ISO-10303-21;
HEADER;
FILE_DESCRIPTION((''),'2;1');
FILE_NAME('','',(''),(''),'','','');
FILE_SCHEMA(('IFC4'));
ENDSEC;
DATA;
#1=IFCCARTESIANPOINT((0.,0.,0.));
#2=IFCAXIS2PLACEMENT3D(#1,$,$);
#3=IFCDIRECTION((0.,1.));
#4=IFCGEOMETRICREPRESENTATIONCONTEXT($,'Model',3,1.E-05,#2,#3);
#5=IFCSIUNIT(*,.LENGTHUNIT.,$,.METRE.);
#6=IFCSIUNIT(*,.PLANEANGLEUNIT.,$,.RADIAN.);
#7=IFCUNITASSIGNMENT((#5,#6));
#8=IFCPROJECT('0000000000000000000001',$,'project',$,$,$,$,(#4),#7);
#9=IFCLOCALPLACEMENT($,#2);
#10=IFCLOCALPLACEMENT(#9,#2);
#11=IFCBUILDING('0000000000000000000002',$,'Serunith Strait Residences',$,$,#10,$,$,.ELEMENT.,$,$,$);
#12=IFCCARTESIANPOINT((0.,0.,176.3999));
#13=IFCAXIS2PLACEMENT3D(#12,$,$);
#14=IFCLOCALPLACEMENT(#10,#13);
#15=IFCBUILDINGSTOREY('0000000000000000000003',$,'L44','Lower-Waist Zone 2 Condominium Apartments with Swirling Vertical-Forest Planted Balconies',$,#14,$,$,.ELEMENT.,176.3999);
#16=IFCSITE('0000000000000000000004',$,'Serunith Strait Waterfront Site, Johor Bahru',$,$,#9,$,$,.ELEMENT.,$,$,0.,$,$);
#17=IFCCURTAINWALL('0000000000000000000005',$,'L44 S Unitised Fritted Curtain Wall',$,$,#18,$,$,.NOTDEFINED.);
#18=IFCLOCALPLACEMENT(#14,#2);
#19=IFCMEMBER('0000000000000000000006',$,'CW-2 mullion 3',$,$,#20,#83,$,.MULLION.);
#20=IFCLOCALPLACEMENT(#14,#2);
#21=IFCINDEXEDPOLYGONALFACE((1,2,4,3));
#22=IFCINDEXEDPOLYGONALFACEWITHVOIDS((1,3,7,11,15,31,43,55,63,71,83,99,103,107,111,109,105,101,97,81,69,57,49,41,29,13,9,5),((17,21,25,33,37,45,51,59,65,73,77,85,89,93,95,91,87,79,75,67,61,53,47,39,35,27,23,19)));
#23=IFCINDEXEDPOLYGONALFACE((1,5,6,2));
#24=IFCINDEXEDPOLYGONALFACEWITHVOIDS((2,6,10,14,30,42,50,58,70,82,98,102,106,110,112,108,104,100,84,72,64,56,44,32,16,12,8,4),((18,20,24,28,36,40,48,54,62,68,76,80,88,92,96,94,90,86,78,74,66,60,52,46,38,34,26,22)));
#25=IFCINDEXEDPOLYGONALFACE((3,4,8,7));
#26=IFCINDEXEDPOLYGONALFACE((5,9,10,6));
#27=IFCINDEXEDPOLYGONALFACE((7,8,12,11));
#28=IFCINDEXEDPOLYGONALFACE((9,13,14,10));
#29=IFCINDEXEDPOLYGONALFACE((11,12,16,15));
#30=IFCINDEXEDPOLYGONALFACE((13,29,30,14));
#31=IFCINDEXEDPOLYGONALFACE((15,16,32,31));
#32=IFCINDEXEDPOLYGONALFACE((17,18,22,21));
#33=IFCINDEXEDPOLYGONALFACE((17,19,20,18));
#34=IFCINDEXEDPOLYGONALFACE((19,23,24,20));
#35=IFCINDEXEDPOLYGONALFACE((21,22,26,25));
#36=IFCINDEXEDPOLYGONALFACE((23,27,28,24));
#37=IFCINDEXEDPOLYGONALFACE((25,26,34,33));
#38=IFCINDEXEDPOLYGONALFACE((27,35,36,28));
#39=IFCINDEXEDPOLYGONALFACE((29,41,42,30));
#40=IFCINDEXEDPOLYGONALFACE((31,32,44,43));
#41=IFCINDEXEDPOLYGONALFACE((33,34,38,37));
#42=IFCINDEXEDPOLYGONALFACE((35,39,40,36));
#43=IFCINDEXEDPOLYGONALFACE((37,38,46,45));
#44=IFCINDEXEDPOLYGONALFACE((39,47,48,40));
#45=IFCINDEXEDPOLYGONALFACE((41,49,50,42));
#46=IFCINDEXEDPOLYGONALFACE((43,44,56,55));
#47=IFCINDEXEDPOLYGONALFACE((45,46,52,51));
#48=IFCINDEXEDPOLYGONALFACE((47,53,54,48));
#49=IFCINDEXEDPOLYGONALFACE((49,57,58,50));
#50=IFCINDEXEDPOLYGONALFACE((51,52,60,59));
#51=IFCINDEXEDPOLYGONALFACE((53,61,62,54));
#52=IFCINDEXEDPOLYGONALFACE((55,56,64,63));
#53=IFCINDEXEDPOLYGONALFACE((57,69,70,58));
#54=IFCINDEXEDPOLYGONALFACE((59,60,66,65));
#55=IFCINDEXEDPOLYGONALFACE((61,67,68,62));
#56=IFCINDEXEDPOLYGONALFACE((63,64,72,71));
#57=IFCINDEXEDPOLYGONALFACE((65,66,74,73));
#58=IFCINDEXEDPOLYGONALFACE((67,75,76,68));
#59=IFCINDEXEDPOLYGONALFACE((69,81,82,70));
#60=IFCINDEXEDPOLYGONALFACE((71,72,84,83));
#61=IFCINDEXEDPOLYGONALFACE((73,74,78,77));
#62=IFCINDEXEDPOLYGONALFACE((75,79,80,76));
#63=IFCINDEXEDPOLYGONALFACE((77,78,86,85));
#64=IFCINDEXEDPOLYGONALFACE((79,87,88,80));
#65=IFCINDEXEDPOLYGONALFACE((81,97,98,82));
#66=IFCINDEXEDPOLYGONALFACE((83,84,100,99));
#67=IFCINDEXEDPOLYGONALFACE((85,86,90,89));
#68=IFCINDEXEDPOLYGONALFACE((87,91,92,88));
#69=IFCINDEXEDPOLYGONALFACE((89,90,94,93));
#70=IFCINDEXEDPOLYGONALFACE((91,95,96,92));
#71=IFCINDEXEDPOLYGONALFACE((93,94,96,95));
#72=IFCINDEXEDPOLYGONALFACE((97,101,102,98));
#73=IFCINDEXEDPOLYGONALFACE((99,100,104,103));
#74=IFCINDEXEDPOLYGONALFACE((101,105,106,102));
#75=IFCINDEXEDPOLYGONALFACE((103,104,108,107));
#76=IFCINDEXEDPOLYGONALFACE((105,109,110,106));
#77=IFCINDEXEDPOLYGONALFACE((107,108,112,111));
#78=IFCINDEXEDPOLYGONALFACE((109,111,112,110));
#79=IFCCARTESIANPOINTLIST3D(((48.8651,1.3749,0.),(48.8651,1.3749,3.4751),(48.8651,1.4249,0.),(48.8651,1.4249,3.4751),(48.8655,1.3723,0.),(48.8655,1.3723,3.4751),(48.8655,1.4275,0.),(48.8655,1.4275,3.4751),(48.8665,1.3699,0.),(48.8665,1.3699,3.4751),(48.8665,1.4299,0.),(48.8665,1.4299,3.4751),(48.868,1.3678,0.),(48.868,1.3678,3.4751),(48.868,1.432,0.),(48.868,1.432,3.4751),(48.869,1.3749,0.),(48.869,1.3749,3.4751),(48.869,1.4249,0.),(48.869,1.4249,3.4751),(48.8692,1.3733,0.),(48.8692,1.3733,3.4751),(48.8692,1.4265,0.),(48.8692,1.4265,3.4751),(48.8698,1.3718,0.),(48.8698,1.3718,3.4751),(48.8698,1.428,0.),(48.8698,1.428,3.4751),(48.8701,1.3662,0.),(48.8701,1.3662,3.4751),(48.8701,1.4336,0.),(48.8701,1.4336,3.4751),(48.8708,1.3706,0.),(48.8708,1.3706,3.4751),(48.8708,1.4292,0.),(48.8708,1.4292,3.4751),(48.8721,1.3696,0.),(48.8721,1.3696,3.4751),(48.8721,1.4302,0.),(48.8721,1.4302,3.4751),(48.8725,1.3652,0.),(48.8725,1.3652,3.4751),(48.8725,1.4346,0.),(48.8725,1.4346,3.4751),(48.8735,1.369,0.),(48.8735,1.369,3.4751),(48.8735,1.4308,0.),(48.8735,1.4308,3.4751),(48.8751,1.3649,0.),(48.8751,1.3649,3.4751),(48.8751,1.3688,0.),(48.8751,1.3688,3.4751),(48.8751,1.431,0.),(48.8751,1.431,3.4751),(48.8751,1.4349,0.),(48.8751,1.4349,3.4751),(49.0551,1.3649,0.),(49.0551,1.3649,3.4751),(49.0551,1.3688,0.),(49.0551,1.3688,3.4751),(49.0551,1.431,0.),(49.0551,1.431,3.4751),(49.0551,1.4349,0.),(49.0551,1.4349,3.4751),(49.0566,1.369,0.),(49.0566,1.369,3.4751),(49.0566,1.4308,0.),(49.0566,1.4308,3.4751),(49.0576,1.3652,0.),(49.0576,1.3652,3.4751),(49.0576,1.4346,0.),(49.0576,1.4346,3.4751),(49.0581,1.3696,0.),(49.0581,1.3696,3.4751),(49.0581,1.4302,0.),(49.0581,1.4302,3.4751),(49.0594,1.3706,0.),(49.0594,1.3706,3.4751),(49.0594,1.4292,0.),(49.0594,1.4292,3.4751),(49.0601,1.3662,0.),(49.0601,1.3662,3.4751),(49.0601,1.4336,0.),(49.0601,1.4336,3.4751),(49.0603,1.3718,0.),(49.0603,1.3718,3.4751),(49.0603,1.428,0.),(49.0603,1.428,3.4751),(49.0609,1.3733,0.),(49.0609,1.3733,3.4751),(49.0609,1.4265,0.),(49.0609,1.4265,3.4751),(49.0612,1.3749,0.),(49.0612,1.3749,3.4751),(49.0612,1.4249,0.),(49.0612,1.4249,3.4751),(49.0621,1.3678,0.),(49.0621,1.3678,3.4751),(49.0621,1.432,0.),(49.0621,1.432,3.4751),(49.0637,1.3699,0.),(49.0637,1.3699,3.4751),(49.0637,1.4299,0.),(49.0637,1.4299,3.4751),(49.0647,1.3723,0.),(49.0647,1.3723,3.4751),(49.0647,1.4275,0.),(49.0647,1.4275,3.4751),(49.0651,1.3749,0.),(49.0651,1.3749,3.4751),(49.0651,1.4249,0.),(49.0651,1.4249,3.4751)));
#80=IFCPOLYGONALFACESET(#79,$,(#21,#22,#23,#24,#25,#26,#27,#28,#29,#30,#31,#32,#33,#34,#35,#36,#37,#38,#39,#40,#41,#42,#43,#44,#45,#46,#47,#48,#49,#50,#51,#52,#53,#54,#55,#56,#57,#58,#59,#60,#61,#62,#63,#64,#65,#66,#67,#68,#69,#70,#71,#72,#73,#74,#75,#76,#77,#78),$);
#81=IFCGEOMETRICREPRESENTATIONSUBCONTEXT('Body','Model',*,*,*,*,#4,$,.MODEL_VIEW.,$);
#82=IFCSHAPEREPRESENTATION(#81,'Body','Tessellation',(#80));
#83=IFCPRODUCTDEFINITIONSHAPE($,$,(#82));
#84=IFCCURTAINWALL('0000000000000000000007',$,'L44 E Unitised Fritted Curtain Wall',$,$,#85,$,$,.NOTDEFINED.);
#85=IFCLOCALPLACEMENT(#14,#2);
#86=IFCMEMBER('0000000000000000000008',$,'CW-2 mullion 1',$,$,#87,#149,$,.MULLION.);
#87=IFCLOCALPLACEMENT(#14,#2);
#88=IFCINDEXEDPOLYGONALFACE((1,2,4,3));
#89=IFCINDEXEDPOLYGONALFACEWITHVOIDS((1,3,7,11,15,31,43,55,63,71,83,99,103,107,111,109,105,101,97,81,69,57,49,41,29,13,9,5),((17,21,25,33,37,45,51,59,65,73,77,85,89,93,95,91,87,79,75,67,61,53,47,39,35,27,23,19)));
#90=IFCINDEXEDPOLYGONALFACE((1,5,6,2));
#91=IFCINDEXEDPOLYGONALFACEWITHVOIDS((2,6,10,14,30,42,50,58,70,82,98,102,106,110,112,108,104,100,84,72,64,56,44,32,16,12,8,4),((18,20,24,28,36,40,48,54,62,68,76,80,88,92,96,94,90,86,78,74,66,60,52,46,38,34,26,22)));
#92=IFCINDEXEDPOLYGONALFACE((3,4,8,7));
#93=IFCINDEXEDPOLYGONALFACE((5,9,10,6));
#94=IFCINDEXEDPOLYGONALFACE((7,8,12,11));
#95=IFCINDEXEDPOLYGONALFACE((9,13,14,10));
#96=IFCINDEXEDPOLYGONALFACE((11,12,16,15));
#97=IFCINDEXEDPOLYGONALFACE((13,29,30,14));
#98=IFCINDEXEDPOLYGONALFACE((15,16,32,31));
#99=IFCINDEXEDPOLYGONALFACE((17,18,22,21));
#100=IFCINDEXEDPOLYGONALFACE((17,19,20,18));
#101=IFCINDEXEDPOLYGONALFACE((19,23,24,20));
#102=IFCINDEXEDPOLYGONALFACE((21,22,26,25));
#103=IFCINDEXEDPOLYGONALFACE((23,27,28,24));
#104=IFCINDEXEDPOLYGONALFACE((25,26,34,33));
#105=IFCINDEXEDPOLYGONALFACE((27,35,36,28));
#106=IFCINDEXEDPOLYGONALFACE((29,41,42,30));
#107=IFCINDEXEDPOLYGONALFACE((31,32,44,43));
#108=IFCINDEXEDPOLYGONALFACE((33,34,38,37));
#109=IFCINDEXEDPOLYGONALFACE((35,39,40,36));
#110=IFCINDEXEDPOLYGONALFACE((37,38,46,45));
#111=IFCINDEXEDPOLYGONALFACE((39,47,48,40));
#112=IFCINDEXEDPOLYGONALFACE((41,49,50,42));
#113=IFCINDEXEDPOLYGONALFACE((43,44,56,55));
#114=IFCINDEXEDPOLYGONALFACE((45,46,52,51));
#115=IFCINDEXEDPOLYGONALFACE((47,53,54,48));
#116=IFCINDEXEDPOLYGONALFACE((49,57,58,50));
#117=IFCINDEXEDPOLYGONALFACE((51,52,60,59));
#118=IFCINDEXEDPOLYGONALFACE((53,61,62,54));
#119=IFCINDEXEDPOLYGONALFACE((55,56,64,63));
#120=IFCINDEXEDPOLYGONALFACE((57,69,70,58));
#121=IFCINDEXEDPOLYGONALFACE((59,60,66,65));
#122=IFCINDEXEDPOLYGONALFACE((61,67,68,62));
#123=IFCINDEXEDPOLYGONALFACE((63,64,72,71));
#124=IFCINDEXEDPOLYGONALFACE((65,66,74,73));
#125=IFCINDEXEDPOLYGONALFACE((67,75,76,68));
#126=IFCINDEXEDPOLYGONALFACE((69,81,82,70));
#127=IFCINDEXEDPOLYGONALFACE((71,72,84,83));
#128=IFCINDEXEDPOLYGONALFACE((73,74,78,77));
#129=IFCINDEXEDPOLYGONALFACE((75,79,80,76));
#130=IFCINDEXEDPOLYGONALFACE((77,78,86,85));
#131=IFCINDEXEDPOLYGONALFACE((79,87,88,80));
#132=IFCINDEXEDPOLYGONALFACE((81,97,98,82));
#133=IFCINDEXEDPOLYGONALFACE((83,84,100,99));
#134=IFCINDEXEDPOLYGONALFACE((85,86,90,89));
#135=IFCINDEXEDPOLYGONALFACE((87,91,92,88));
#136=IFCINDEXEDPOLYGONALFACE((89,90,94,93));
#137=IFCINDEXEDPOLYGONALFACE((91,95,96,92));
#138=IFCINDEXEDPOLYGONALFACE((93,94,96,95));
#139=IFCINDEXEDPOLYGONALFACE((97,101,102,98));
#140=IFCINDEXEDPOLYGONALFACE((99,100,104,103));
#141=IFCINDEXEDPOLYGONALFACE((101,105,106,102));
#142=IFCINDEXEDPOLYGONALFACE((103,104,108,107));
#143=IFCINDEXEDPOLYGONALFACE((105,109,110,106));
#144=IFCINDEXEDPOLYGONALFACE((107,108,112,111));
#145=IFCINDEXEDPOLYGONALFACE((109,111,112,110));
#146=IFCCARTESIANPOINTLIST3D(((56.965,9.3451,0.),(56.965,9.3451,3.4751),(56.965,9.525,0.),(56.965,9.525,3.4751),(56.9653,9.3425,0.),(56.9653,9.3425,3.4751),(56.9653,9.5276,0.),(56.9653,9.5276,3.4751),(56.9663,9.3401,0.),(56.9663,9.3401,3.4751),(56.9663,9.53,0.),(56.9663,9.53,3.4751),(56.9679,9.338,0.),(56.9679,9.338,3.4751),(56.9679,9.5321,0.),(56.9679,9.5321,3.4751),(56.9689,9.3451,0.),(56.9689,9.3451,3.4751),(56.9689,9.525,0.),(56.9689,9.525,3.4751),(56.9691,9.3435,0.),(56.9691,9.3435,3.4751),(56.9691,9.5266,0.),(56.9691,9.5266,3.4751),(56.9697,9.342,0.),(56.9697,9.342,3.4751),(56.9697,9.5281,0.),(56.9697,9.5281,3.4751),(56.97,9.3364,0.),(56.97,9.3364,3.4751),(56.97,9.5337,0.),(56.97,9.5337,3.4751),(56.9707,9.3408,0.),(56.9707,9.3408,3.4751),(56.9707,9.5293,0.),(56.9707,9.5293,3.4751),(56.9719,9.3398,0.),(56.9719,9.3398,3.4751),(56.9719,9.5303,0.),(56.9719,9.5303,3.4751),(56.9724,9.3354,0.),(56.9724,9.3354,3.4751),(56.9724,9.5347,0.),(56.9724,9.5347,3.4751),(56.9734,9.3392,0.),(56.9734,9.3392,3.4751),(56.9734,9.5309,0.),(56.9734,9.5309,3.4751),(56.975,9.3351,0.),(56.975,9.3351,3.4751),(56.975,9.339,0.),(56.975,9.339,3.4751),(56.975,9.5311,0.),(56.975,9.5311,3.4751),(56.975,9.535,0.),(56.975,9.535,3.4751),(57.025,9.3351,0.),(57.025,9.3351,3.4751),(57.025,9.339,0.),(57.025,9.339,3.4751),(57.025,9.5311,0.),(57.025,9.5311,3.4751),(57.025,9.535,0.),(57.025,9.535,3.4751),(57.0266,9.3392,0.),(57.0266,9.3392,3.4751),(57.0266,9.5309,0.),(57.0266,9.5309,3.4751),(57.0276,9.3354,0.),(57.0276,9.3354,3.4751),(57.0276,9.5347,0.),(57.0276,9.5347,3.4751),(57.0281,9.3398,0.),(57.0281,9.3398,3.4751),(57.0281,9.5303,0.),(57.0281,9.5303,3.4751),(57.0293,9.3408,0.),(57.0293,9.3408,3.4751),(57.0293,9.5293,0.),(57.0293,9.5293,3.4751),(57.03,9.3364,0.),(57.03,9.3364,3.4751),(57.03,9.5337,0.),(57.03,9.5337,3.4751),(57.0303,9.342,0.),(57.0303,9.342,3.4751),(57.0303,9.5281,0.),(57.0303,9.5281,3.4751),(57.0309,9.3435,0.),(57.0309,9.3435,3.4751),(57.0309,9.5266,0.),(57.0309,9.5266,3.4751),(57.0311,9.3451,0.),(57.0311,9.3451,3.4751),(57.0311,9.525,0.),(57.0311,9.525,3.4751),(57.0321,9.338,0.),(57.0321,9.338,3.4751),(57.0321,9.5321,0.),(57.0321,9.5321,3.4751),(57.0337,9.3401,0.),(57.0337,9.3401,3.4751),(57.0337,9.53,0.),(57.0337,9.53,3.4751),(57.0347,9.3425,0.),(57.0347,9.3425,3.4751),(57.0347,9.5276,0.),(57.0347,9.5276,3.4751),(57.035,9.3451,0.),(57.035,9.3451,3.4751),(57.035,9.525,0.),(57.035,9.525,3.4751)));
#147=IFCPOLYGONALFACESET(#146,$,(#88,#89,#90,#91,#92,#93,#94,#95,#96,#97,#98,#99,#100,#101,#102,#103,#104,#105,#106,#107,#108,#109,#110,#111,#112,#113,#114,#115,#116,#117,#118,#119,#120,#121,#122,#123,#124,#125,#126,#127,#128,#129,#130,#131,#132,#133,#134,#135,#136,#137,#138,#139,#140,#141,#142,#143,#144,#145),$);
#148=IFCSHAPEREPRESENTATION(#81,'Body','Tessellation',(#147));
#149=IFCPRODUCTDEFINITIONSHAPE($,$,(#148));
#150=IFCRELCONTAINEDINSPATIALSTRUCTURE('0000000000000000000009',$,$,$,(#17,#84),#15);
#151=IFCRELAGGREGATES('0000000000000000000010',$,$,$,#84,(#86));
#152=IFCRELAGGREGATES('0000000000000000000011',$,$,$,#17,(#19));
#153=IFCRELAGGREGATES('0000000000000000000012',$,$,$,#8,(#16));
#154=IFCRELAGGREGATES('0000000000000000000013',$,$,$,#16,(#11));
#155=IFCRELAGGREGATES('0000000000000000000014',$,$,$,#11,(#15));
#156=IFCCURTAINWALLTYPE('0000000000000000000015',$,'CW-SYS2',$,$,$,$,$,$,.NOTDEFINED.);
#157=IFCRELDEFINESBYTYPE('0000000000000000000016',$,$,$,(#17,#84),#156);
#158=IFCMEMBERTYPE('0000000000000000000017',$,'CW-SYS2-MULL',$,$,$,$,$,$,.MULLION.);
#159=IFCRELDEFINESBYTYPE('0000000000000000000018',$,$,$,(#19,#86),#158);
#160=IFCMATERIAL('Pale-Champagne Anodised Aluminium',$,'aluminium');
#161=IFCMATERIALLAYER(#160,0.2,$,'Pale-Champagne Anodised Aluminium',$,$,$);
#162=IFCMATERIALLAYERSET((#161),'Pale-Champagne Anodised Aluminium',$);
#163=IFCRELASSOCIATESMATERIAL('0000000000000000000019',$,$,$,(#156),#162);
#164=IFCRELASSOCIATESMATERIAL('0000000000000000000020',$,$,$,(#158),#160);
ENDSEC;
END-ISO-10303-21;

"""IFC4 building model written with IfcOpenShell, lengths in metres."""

from ifc_helpers import new_model, si_unit, direction, frame, origin, origin_2d, place, context, subcontext, project, spatial, hollow_rectangle, extrude, source, transform, mapped, material, layer, layer_set, material_profile, profile_set, type_object, element, aggregate, save


model = new_model("IFC4")

# Units and contexts
model_context = context("Model", 3, precision=1e-05, world=origin(), true_north=direction((0.0, 1.0)))
body_context = subcontext(model_context, "Body", "Model", "MODEL_VIEW")
ifc_project = project(units=[si_unit("LENGTHUNIT", "METRE"), si_unit("PLANEANGLEUNIT", "RADIAN")], contexts=[model_context])

# Site, building, storey
site_placement = place(None, origin())
site = spatial("IfcSite", under=ifc_project, at=site_placement, Name="Serunith Strait Waterfront Site, Johor Bahru", CompositionType="ELEMENT", RefElevation=0.0)
building_placement = place(site_placement, origin())
building = spatial("IfcBuilding", under=site, at=building_placement, Name="Serunith Strait Residences", CompositionType="ELEMENT")
storey_placement = place(building_placement, frame((0.0, 0.0, 176.3999)))
storey = spatial("IfcBuildingStorey", under=building, at=storey_placement, Name="L44", Description="Lower-Waist Zone 2 Condominium Apartments with Swirling Vertical-Forest Planted Balconies", CompositionType="ELEMENT", Elevation=176.3999)

# Curtain wall, member
ifc_material_1 = material(Name="Pale-Champagne Anodised Aluminium", Category="aluminium")
ifc_layer_1 = layer(ifc_material_1, 0.2, Name="Pale-Champagne Anodised Aluminium")
ifc_layer_set_1 = layer_set([ifc_layer_1], Name="Pale-Champagne Anodised Aluminium")
curtain_wall_type = type_object("IfcCurtainWallType", Name="CW-SYS2", PredefinedType="NOTDEFINED", material=ifc_layer_set_1)
curtain_wall_1_placement = place(storey_placement, origin())
curtain_wall_1 = element("IfcCurtainWall", 1, at=curtain_wall_1_placement, inside=storey, type_object=curtain_wall_type, Name="L44 S Unitised Fritted Curtain Wall", PredefinedType="NOTDEFINED")
ifc_material_profile_1 = material_profile(ifc_material_1, hollow_rectangle(XDim=0.0701, YDim=0.2, WallThickness=0.0039, InnerFilletRadius=0.0061, OuterFilletRadius=0.01, at=origin_2d()), Name="ALU 200x70x4")
ifc_profile_set_1 = profile_set([ifc_material_profile_1], Name="Pale-Champagne Anodised Aluminium")
member_type_1 = type_object("IfcMemberType", Name="CW-SYS2-MULL", PredefinedType="MULLION", material=ifc_profile_set_1)
shared_shape_1 = source(origin(), body_context, "Body", "SweptSolid", [
    extrude(hollow_rectangle(XDim=0.0701, YDim=0.2, WallThickness=0.0039, InnerFilletRadius=0.0061, OuterFilletRadius=0.01, at=origin_2d()), origin(), (0.0, 0.0, 1.0), 3.4751),
])
member_1_placement = place(storey_placement, frame((48.9651, 1.3999, 0.0), z_axis=(0.0, 0.0, 1.0), x_axis=(0.0, 1.0, 0.0)))
member_1 = element("IfcMember", 2, at=member_1_placement, type_object=member_type_1, Name="CW-2 mullion 3", PredefinedType="MULLION", context=body_context, shape_type="MappedRepresentation", body=[
    mapped(shared_shape_1, transform((0.0, 0.0, 0.0), scale=1.0)),
])

# Curtain wall, member
curtain_wall_2_placement = place(storey_placement, origin())
curtain_wall_2 = element("IfcCurtainWall", 3, at=curtain_wall_2_placement, inside=storey, type_object=curtain_wall_type, Name="L44 E Unitised Fritted Curtain Wall", PredefinedType="NOTDEFINED")
member_2_placement = place(storey_placement, frame((57.0, 9.4351, 0.0), z_axis=(0.0, 0.0, 1.0), x_axis=(-1.0, 0.0, 0.0)))
member_2 = element("IfcMember", 4, at=member_2_placement, type_object=member_type_1, Name="CW-2 mullion 1", PredefinedType="MULLION", context=body_context, shape_type="MappedRepresentation", body=[
    mapped(shared_shape_1, transform((0.0, 0.0, 0.0), scale=1.0)),
])
aggregate(curtain_wall_2, [member_2])

aggregate(curtain_wall_1, [member_1])

save(model, "model.ifc")
